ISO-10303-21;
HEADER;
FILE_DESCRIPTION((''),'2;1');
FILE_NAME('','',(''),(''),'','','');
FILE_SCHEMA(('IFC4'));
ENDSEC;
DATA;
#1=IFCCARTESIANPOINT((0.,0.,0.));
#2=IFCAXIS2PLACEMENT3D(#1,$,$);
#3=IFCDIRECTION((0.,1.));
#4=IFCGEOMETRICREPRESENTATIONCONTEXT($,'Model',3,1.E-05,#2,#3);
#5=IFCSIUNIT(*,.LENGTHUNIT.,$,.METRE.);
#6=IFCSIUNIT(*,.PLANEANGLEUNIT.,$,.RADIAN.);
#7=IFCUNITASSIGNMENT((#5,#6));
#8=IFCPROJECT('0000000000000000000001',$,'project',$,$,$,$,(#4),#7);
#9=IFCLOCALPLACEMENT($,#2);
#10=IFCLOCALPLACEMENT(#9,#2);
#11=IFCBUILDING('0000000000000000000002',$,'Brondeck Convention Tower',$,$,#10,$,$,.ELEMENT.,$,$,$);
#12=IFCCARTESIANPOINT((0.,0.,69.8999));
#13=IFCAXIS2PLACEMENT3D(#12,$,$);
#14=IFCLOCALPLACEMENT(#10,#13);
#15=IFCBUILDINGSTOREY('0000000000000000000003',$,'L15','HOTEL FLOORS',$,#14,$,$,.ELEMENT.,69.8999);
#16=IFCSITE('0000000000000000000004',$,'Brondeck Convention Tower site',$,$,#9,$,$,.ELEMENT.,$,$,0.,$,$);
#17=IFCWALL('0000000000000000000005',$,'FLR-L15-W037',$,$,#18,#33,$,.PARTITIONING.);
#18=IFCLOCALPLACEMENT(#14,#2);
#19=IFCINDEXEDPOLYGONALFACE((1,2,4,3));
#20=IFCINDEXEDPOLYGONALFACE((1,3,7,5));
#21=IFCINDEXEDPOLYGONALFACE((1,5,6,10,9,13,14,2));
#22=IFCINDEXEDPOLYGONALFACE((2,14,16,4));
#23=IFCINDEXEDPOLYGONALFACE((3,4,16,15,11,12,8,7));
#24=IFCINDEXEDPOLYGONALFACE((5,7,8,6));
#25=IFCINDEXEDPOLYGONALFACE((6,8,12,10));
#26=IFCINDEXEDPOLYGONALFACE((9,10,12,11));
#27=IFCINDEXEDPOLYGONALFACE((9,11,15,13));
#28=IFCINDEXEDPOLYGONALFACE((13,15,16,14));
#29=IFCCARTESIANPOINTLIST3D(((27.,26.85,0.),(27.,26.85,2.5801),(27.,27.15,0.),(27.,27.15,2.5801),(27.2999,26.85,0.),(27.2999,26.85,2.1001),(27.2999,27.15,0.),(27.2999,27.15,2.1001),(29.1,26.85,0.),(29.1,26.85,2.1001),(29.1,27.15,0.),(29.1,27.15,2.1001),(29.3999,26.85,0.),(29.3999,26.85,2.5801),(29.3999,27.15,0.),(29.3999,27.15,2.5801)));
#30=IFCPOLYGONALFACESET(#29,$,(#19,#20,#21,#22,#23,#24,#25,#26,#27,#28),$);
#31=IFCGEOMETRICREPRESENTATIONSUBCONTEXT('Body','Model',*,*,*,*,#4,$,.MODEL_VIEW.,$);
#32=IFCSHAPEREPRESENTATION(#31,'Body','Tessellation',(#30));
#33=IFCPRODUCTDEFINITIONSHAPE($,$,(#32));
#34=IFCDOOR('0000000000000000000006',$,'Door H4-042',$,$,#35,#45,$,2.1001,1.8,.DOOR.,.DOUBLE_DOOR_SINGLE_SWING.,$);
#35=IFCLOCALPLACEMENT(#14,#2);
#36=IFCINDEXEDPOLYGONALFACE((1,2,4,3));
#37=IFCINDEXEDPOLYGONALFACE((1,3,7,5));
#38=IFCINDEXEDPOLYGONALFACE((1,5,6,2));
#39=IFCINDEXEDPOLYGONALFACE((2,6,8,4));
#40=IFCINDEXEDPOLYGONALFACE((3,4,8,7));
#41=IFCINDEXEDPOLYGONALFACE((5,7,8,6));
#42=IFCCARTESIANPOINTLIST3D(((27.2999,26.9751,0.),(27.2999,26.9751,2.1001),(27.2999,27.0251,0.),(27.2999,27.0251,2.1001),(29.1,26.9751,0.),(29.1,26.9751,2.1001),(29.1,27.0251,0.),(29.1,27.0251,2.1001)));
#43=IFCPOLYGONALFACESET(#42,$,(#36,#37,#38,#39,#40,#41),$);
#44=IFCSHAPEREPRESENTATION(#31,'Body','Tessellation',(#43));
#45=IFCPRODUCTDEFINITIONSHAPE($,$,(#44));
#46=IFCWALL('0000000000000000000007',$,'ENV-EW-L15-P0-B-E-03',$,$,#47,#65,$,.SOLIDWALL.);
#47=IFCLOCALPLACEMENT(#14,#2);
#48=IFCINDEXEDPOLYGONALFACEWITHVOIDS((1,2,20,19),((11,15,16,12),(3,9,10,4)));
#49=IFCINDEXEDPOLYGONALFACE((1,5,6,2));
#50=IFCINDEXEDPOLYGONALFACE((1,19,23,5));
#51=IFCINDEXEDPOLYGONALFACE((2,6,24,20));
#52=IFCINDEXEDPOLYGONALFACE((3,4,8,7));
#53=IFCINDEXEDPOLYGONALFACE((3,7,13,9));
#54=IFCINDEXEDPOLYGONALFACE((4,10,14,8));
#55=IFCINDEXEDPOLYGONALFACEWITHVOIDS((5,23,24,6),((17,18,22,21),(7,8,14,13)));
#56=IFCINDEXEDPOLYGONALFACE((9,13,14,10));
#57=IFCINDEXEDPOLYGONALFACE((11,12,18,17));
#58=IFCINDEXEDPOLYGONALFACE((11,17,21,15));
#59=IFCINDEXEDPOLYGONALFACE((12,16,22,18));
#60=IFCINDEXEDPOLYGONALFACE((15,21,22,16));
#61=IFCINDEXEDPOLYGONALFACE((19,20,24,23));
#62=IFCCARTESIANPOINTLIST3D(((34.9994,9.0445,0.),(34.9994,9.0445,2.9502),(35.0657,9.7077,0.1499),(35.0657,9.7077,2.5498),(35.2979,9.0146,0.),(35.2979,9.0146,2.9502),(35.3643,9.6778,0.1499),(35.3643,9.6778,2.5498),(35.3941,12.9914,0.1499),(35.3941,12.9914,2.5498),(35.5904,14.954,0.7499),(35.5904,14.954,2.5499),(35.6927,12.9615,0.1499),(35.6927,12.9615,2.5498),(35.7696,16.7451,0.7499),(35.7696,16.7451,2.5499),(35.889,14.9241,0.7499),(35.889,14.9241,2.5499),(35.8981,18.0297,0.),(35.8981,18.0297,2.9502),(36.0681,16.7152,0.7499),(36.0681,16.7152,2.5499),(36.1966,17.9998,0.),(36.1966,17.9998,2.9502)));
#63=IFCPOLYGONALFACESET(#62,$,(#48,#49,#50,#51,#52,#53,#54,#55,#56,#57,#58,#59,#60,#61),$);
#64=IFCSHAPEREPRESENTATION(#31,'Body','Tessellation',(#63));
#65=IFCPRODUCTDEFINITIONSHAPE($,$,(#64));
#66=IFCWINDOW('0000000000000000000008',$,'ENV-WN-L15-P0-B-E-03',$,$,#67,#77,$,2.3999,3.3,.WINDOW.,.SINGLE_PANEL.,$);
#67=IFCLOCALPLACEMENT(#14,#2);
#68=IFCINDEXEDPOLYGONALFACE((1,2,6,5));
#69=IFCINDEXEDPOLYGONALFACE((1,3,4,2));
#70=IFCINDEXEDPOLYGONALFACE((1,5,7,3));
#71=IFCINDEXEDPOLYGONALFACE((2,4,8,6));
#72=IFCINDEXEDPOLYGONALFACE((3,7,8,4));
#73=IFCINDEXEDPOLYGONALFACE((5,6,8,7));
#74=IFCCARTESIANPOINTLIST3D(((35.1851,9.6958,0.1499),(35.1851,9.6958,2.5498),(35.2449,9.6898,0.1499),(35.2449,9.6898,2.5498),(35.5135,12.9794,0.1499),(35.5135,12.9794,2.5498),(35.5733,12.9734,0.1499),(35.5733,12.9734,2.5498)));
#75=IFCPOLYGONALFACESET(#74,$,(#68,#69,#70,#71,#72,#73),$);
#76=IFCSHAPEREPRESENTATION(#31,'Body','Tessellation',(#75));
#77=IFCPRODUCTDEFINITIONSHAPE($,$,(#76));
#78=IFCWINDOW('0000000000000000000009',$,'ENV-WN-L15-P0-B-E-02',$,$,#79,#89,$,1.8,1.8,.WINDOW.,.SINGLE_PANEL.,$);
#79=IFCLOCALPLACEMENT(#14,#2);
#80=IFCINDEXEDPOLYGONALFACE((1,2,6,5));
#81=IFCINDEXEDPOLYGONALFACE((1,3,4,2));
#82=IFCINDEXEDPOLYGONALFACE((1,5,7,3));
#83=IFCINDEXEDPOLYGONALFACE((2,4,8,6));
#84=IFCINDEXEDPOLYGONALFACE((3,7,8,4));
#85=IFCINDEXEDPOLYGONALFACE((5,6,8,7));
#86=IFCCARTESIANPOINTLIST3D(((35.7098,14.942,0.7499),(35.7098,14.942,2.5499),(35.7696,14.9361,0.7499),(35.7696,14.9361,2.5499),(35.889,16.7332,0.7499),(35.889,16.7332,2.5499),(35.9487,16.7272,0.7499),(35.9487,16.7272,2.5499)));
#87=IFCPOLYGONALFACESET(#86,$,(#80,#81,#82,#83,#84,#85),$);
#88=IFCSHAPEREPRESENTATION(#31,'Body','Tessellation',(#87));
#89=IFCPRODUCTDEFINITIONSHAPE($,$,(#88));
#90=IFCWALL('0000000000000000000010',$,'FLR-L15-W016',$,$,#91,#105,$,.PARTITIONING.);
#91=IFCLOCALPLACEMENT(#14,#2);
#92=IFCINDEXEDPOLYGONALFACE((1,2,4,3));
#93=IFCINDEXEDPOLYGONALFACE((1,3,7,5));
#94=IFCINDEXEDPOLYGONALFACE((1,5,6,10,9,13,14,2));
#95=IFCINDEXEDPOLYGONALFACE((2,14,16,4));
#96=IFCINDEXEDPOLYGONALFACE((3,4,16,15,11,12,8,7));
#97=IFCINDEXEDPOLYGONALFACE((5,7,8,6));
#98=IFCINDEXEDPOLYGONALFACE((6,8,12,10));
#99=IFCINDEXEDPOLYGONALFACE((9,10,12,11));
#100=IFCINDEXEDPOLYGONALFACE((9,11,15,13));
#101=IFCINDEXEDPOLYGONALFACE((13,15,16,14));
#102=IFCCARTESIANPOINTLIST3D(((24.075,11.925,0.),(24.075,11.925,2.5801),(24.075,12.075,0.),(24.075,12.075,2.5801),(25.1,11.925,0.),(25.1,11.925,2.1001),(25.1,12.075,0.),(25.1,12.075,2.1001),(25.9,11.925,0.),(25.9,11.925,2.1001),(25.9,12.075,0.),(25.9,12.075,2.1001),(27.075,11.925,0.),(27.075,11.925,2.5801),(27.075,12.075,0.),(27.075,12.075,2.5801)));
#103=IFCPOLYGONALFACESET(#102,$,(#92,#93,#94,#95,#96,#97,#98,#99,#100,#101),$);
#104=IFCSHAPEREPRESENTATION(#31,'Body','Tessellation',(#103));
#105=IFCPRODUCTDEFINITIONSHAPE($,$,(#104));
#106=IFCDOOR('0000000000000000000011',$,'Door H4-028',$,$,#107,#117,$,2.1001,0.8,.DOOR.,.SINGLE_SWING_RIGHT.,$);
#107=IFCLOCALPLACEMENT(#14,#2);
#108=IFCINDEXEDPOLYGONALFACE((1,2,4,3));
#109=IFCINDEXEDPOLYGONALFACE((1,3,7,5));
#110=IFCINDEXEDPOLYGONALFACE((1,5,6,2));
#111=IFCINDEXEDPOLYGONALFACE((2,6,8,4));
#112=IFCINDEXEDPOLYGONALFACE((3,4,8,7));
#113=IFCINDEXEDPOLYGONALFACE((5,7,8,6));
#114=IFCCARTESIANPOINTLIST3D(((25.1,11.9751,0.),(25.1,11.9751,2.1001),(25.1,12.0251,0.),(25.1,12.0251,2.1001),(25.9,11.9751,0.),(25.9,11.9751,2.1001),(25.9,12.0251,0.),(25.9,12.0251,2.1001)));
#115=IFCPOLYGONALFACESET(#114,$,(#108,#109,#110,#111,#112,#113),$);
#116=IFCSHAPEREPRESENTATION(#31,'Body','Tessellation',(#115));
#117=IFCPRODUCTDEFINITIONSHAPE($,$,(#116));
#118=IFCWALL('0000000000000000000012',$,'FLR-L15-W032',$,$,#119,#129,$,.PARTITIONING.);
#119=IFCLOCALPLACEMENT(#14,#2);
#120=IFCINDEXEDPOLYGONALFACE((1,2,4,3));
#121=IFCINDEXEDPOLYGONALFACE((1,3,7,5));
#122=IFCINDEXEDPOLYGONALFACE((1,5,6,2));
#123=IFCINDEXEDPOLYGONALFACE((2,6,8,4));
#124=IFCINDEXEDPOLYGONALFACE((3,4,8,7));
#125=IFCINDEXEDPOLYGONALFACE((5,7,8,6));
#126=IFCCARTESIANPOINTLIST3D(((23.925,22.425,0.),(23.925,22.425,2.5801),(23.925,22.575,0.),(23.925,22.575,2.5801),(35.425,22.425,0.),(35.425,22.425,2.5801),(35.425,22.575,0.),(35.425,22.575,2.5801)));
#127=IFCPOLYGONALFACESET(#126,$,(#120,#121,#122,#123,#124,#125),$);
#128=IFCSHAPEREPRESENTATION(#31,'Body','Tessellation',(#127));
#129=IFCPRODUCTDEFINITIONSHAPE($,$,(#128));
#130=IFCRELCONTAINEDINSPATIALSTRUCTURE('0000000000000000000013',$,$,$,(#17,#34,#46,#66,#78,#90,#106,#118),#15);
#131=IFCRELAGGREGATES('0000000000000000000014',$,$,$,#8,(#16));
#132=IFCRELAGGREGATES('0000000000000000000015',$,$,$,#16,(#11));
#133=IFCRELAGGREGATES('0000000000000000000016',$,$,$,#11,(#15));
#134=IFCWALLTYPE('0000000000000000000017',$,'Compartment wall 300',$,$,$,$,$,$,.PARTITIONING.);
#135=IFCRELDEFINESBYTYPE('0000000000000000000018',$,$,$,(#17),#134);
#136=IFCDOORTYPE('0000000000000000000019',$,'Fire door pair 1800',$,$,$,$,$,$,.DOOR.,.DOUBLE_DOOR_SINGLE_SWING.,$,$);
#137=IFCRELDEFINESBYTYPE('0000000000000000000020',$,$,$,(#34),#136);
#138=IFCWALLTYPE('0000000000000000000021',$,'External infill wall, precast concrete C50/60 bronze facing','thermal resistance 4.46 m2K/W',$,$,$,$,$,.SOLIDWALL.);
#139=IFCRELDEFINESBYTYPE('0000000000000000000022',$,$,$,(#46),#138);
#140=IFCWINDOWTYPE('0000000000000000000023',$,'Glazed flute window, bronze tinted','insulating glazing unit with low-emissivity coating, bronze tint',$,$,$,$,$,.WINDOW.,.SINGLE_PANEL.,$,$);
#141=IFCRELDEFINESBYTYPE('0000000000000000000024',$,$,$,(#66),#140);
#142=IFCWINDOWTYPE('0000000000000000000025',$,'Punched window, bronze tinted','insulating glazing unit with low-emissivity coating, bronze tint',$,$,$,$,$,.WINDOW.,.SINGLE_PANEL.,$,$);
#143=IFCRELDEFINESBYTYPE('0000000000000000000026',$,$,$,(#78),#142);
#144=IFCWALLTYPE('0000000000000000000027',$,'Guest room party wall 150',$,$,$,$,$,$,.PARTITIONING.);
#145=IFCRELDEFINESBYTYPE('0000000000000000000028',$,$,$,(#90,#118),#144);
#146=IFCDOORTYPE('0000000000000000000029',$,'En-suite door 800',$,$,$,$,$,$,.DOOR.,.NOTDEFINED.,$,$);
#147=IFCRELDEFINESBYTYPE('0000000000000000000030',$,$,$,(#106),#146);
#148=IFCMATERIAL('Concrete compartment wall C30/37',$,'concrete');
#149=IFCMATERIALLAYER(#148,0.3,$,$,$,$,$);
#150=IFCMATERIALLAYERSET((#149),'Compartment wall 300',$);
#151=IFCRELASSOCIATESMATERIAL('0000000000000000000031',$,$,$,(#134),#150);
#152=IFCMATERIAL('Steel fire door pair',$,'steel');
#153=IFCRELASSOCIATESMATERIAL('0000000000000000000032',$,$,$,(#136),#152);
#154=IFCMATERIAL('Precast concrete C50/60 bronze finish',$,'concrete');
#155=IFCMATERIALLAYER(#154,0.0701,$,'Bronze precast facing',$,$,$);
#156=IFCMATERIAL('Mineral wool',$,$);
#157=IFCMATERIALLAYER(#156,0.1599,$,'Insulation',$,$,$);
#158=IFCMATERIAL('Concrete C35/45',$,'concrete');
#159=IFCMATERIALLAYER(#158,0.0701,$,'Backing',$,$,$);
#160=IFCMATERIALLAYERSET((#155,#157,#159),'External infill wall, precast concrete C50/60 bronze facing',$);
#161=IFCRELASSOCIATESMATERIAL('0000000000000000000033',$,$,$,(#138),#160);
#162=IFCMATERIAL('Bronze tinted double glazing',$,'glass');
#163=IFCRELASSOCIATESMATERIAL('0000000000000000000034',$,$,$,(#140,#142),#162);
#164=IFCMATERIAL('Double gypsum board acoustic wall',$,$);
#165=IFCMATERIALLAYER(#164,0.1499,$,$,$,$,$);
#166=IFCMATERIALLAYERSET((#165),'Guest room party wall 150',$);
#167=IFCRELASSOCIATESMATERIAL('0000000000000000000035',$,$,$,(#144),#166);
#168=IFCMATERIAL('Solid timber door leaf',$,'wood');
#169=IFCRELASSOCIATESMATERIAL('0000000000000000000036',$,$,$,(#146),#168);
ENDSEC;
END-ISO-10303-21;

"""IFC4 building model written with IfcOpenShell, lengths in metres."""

from ifc_helpers import new_model, si_unit, direction, frame, frame_2d, origin, place, context, subcontext, project, spatial, rectangle, extrude, material, layer, layer_set, type_object, element, fill, save


model = new_model("IFC4")

# Units and contexts
model_context = context("Model", 3, precision=1e-05, world=origin(), true_north=direction((0.0, 1.0)))
body_context = subcontext(model_context, "Body", "Model", "MODEL_VIEW")
ifc_project = project(units=[si_unit("LENGTHUNIT", "METRE"), si_unit("PLANEANGLEUNIT", "RADIAN")], contexts=[model_context])

# Site, building, storey
site_placement = place(None, origin())
site = spatial("IfcSite", under=ifc_project, at=site_placement, Name="Brondeck Convention Tower site", CompositionType="ELEMENT", RefElevation=0.0)
building_placement = place(site_placement, origin())
building = spatial("IfcBuilding", under=site, at=building_placement, Name="Brondeck Convention Tower", CompositionType="ELEMENT")
storey_placement = place(building_placement, frame((0.0, 0.0, 69.8999)))
storey = spatial("IfcBuildingStorey", under=building, at=storey_placement, Name="L15", Description="HOTEL FLOORS", CompositionType="ELEMENT", Elevation=69.8999)

# Wall, opening, door
ifc_material_1 = material(Name="Concrete compartment wall C30/37", Category="concrete")
ifc_layer_1 = layer(ifc_material_1, 0.3)
ifc_layer_set_1 = layer_set([ifc_layer_1], Name="Compartment wall 300")
wall_type_1 = type_object("IfcWallType", Name="Compartment wall 300", PredefinedType="PARTITIONING", material=ifc_layer_set_1)
wall_1_placement = place(storey_placement, frame((29.3999, 27.0, 0.0), z_axis=(0.0, 0.0, 1.0), x_axis=(-1.0, 0.0, 0.0)))
wall_1 = element("IfcWall", 1, at=wall_1_placement, inside=storey, type_object=wall_type_1, Name="FLR-L15-W037", PredefinedType="PARTITIONING", context=body_context, shape_type="SweptSolid", body=[
    extrude(rectangle(XDim=2.3999, YDim=0.3, at=frame_2d((1.2, 0.0))), origin(), (0.0, 0.0, 1.0), 2.5801),
])
opening_1_placement = place(wall_1_placement, frame((0.3, 0.0, 0.0)))
opening_1 = element("IfcOpeningElement", 2, at=opening_1_placement, cuts=wall_1, PredefinedType="OPENING", context=body_context, shape_type="SweptSolid", body=[
    extrude(rectangle(XDim=1.8, YDim=2.1001, at=frame_2d((0.8999, 1.05))), frame((0.0, 0.1599, 0.0), z_axis=(0.0, -1.0, 0.0), x_axis=(1.0, 0.0, 0.0)), (0.0, 0.0, 1.0), 0.3201),
])
ifc_material_2 = material(Name="Steel fire door pair", Category="steel")
door_type_1 = type_object("IfcDoorType", Name="Fire door pair 1800", OperationType="DOUBLE_DOOR_SINGLE_SWING", PredefinedType="DOOR", material=ifc_material_2)
door_1_placement = place(opening_1_placement, origin())
door_1 = element("IfcDoor", 3, at=door_1_placement, inside=storey, type_object=door_type_1, Name="Door H4-042", OperationType="DOUBLE_DOOR_SINGLE_SWING", OverallHeight=2.1001, OverallWidth=1.8, PredefinedType="DOOR", context=body_context, shape_type="SweptSolid", body=[
    extrude(rectangle(XDim=1.8, YDim=2.1001, at=frame_2d((0.8999, 1.05))), frame((0.0, 0.0249, 0.0), z_axis=(0.0, -1.0, 0.0), x_axis=(1.0, 0.0, 0.0)), (0.0, 0.0, 1.0), 0.05),
])
fill(opening_1, door_1)

# Wall, openings, windows
ifc_material_3 = material(Name="Precast concrete C50/60 bronze finish", Category="concrete")
ifc_layer_2 = layer(ifc_material_3, 0.0701, Name="Bronze precast facing")
ifc_material_4 = material(Name="Mineral wool")
ifc_layer_3 = layer(ifc_material_4, 0.1599, Name="Insulation")
ifc_material_5 = material(Name="Concrete C35/45", Category="concrete")
ifc_layer_4 = layer(ifc_material_5, 0.0701, Name="Backing")
ifc_layer_set_2 = layer_set([ifc_layer_2, ifc_layer_3, ifc_layer_4], Name="External infill wall, precast concrete C50/60 bronze facing")
wall_type_2 = type_object("IfcWallType", Name="External infill wall, precast concrete C50/60 bronze facing", Description="thermal resistance 4.46 m2K/W", PredefinedType="SOLIDWALL", material=ifc_layer_set_2)
wall_2_placement = place(storey_placement, frame((36.0474, 18.0149, 0.0), z_axis=(0.0, 0.0, 1.0), x_axis=(-0.099522, -0.995035, 0.0)))
wall_2 = element("IfcWall", 4, at=wall_2_placement, inside=storey, type_object=wall_type_2, Name="ENV-EW-L15-P0-B-E-03", PredefinedType="SOLIDWALL", context=body_context, shape_type="SweptSolid", body=[
    extrude(rectangle(XDim=9.03, YDim=0.3, at=frame_2d((4.5151, 0.0))), origin(), (0.0, 0.0, 1.0), 2.9502),
])
opening_2_placement = place(wall_2_placement, frame((1.2913, 0.0, 0.75)))
opening_2 = element("IfcOpeningElement", 5, at=opening_2_placement, cuts=wall_2, PredefinedType="OPENING", context=body_context, shape_type="SweptSolid", body=[
    extrude(rectangle(XDim=1.8, YDim=1.8, at=frame_2d((0.8999, 0.8999))), frame((0.0, 0.1599, 0.0), z_axis=(0.0, -1.0, 0.0), x_axis=(1.0, 0.0, 0.0)), (0.0, 0.0, 1.0), 0.3201),
])
opening_3_placement = place(wall_2_placement, frame((5.0637, 0.0, 0.1499)))
opening_3 = element("IfcOpeningElement", 6, at=opening_3_placement, cuts=wall_2, PredefinedType="OPENING", context=body_context, shape_type="SweptSolid", body=[
    extrude(rectangle(XDim=3.3, YDim=2.3999, at=frame_2d((1.6499, 1.2))), frame((0.0, 0.1599, 0.0), z_axis=(0.0, -1.0, 0.0), x_axis=(1.0, 0.0, 0.0)), (0.0, 0.0, 1.0), 0.3201),
])
ifc_material_6 = material(Name="Bronze tinted double glazing", Category="glass")
window_type_1 = type_object("IfcWindowType", Name="Glazed flute window, bronze tinted", Description="insulating glazing unit with low-emissivity coating, bronze tint", PartitioningType="SINGLE_PANEL", PredefinedType="WINDOW", material=ifc_material_6)
window_1_placement = place(opening_3_placement, origin())
window_1 = element("IfcWindow", 7, at=window_1_placement, inside=storey, type_object=window_type_1, Name="ENV-WN-L15-P0-B-E-03", OverallHeight=2.3999, OverallWidth=3.3, PartitioningType="SINGLE_PANEL", PredefinedType="WINDOW", context=body_context, shape_type="SweptSolid", body=[
    extrude(rectangle(XDim=3.3, YDim=2.3999, at=frame_2d((1.6499, 1.2))), frame((0.0, 0.03, 0.0), z_axis=(0.0, -1.0, 0.0), x_axis=(1.0, 0.0, 0.0)), (0.0, 0.0, 1.0), 0.0601),
])
fill(opening_3, window_1)
window_type_2 = type_object("IfcWindowType", Name="Punched window, bronze tinted", Description="insulating glazing unit with low-emissivity coating, bronze tint", PartitioningType="SINGLE_PANEL", PredefinedType="WINDOW", material=ifc_material_6)
window_2_placement = place(opening_2_placement, origin())
window_2 = element("IfcWindow", 8, at=window_2_placement, inside=storey, type_object=window_type_2, Name="ENV-WN-L15-P0-B-E-02", OverallHeight=1.8, OverallWidth=1.8, PartitioningType="SINGLE_PANEL", PredefinedType="WINDOW", context=body_context, shape_type="SweptSolid", body=[
    extrude(rectangle(XDim=1.8, YDim=1.8, at=frame_2d((0.8999, 0.8999))), frame((0.0, 0.03, 0.0), z_axis=(0.0, -1.0, 0.0), x_axis=(1.0, 0.0, 0.0)), (0.0, 0.0, 1.0), 0.0601),
])
fill(opening_2, window_2)

# Wall, opening, door
ifc_material_7 = material(Name="Double gypsum board acoustic wall")
ifc_layer_5 = layer(ifc_material_7, 0.1499)
ifc_layer_set_3 = layer_set([ifc_layer_5], Name="Guest room party wall 150")
wall_type_3 = type_object("IfcWallType", Name="Guest room party wall 150", PredefinedType="PARTITIONING", material=ifc_layer_set_3)
wall_3_placement = place(storey_placement, frame((27.075, 12.0, 0.0), z_axis=(0.0, 0.0, 1.0), x_axis=(-1.0, 0.0, 0.0)))
wall_3 = element("IfcWall", 9, at=wall_3_placement, inside=storey, type_object=wall_type_3, Name="FLR-L15-W016", PredefinedType="PARTITIONING", context=body_context, shape_type="SweptSolid", body=[
    extrude(rectangle(XDim=3.0, YDim=0.1499, at=frame_2d((1.5, 0.0))), origin(), (0.0, 0.0, 1.0), 2.5801),
])
opening_4_placement = place(wall_3_placement, frame((1.175, 0.0, 0.0)))
opening_4 = element("IfcOpeningElement", 10, at=opening_4_placement, cuts=wall_3, PredefinedType="OPENING", context=body_context, shape_type="SweptSolid", body=[
    extrude(rectangle(XDim=0.8, YDim=2.1001, at=frame_2d((0.3999, 1.05))), frame((0.0, 0.085, 0.0), z_axis=(0.0, -1.0, 0.0), x_axis=(1.0, 0.0, 0.0)), (0.0, 0.0, 1.0), 0.1699),
])
ifc_material_8 = material(Name="Solid timber door leaf", Category="wood")
door_type_2 = type_object("IfcDoorType", Name="En-suite door 800", OperationType="NOTDEFINED", PredefinedType="DOOR", material=ifc_material_8)
door_2_placement = place(opening_4_placement, origin())
door_2 = element("IfcDoor", 11, at=door_2_placement, inside=storey, type_object=door_type_2, Name="Door H4-028", OperationType="SINGLE_SWING_RIGHT", OverallHeight=2.1001, OverallWidth=0.8, PredefinedType="DOOR", context=body_context, shape_type="SweptSolid", body=[
    extrude(rectangle(XDim=0.8, YDim=2.1001, at=frame_2d((0.3999, 1.05))), frame((0.0, 0.0249, 0.0), z_axis=(0.0, -1.0, 0.0), x_axis=(1.0, 0.0, 0.0)), (0.0, 0.0, 1.0), 0.05),
])
fill(opening_4, door_2)

# Wall
wall_4_placement = place(storey_placement, frame((35.425, 22.5, 0.0), z_axis=(0.0, 0.0, 1.0), x_axis=(-1.0, 0.0, 0.0)))
element("IfcWall", 12, at=wall_4_placement, inside=storey, type_object=wall_type_3, Name="FLR-L15-W032", PredefinedType="PARTITIONING", context=body_context, shape_type="SweptSolid", body=[
    extrude(rectangle(XDim=11.5, YDim=0.1499, at=frame_2d((5.75, 0.0))), origin(), (0.0, 0.0, 1.0), 2.5801),
])

save(model, "model.ifc")
